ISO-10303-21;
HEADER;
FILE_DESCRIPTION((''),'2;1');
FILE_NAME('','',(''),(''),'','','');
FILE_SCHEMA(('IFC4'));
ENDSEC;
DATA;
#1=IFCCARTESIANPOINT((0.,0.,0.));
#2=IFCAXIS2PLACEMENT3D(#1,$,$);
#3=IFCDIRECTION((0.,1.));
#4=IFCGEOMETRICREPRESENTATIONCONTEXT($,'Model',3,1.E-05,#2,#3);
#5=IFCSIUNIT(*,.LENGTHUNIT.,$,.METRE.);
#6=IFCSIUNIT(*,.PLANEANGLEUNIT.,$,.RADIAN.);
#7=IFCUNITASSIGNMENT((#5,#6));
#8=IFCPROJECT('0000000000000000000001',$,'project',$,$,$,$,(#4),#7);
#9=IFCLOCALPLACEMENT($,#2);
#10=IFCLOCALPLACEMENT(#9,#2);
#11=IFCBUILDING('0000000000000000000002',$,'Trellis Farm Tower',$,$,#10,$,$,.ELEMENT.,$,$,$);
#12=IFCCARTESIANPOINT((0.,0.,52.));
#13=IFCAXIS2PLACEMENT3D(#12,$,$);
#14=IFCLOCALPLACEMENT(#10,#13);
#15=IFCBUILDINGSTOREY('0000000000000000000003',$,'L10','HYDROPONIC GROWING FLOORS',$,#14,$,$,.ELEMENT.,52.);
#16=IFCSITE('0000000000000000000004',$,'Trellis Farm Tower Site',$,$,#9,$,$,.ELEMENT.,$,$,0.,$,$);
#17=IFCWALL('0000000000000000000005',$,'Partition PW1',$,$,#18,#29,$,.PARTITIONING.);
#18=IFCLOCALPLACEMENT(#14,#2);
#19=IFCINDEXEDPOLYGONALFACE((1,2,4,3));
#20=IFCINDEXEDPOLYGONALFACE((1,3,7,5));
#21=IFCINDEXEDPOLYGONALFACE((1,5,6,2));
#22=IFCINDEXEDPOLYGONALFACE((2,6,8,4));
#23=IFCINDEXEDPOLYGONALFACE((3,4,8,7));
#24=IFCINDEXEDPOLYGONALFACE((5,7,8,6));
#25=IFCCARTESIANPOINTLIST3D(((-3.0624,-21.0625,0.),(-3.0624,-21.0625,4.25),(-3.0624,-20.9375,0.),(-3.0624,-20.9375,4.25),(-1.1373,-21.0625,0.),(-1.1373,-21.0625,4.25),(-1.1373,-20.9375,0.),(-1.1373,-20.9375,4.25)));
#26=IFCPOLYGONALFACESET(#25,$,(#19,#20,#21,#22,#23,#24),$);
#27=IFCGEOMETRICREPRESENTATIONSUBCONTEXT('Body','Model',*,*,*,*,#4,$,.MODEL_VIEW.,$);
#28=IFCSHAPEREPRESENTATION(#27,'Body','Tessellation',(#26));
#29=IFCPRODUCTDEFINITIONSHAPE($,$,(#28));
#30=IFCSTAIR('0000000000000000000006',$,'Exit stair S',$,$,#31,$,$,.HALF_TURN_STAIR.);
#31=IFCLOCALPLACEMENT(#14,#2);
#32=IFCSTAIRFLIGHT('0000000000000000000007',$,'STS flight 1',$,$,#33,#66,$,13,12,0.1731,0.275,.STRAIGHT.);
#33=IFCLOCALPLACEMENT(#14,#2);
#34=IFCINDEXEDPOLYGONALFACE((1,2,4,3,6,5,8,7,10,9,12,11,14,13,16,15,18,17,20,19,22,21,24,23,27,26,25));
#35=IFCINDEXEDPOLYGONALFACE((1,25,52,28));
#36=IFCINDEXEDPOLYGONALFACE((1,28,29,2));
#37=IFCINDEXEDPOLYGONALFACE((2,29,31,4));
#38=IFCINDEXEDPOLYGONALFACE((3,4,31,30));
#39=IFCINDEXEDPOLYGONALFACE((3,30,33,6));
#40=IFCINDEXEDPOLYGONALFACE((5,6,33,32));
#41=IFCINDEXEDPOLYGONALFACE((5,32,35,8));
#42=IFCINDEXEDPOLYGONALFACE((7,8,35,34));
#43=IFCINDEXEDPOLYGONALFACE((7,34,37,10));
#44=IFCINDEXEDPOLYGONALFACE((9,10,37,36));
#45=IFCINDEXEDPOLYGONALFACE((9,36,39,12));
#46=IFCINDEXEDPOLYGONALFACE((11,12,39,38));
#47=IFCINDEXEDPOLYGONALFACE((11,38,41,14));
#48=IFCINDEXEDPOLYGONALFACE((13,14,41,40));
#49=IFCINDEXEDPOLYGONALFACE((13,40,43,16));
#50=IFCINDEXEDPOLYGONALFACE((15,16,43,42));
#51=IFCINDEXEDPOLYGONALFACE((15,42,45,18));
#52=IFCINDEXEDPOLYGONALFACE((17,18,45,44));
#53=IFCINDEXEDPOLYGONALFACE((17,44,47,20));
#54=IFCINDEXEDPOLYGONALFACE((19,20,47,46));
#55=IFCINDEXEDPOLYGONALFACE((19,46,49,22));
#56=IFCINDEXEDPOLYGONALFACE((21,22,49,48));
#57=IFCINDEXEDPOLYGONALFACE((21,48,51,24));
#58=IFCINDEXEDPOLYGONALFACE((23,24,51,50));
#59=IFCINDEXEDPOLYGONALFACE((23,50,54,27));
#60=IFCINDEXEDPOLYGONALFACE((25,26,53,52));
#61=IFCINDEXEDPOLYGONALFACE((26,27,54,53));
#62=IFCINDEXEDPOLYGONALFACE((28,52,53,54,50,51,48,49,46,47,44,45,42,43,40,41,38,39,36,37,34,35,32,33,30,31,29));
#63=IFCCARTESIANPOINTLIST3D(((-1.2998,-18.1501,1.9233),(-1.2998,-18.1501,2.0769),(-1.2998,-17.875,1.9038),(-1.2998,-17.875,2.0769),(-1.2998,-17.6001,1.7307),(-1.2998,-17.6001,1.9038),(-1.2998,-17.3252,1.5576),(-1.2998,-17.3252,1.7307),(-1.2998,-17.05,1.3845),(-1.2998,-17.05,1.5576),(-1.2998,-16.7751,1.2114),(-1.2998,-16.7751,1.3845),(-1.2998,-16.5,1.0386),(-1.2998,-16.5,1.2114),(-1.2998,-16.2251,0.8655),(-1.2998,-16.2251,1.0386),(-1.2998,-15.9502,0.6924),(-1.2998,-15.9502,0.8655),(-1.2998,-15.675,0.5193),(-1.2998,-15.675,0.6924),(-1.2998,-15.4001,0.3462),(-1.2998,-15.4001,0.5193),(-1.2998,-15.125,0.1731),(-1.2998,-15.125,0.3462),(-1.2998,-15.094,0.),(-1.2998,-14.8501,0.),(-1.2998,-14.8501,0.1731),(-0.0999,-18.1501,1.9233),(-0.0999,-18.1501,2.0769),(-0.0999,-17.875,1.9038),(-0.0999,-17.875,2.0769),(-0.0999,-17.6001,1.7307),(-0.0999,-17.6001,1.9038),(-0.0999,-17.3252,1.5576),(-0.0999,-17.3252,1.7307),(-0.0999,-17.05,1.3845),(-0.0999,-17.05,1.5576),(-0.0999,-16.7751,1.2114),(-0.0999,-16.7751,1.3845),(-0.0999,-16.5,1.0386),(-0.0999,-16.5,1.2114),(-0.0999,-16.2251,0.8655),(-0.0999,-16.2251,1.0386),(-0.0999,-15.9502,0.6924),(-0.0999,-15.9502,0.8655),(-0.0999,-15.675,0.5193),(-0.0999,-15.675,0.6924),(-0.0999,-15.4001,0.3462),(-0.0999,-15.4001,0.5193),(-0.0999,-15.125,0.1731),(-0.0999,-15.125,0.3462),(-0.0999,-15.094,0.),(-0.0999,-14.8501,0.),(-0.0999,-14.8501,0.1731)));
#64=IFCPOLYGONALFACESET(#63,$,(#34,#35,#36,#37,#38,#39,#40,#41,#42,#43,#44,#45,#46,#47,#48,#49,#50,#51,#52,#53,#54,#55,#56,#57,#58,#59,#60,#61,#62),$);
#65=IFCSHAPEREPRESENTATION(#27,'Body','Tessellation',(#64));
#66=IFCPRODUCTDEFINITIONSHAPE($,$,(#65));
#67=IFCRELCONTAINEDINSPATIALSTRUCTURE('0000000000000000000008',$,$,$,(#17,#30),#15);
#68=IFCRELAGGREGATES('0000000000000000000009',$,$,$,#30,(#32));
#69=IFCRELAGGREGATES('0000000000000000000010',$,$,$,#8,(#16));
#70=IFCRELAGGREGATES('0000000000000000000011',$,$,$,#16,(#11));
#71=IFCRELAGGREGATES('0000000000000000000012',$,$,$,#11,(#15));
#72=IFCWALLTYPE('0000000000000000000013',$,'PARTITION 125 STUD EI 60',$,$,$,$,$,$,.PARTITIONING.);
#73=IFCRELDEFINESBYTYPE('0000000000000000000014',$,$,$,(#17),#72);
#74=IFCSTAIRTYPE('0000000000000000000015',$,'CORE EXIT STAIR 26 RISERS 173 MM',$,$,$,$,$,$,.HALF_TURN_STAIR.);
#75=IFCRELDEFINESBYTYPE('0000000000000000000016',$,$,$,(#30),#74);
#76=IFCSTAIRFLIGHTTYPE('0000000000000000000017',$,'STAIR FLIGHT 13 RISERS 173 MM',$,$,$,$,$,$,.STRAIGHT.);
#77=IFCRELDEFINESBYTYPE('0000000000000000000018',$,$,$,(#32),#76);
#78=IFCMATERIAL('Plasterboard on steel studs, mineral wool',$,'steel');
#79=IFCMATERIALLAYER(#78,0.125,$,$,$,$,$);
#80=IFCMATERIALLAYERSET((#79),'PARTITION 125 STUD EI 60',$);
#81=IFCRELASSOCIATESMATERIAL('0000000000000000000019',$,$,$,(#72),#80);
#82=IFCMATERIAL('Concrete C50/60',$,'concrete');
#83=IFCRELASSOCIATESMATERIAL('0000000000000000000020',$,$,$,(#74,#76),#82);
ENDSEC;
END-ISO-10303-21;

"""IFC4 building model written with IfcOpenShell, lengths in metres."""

from ifc_helpers import new_model, si_unit, direction, frame, frame_2d, origin, place, context, subcontext, project, spatial, polyline, rectangle, outline, extrude, source, transform, mapped, material, layer, layer_set, type_object, element, aggregate, save


model = new_model("IFC4")

# Units and contexts
model_context = context("Model", 3, precision=1e-05, world=origin(), true_north=direction((0.0, 1.0)))
body_context = subcontext(model_context, "Body", "Model", "MODEL_VIEW")
ifc_project = project(units=[si_unit("LENGTHUNIT", "METRE"), si_unit("PLANEANGLEUNIT", "RADIAN")], contexts=[model_context])

# Site, building, storey
site_placement = place(None, origin())
site = spatial("IfcSite", under=ifc_project, at=site_placement, Name="Trellis Farm Tower Site", CompositionType="ELEMENT", RefElevation=0.0)
building_placement = place(site_placement, origin())
building = spatial("IfcBuilding", under=site, at=building_placement, Name="Trellis Farm Tower", CompositionType="ELEMENT")
storey_placement = place(building_placement, frame((0.0, 0.0, 52.0)))
storey = spatial("IfcBuildingStorey", under=building, at=storey_placement, Name="L10", Description="HYDROPONIC GROWING FLOORS", CompositionType="ELEMENT", Elevation=52.0)

# Shared definitions
placement = place(storey_placement, origin())

# Shared definitions
ifc_material_1 = material(Name="Plasterboard on steel studs, mineral wool", Category="steel")
ifc_layer_1 = layer(ifc_material_1, 0.125)
ifc_layer_set_1 = layer_set([ifc_layer_1], Name="PARTITION 125 STUD EI 60")
wall_type_1 = type_object("IfcWallType", Name="PARTITION 125 STUD EI 60", PredefinedType="PARTITIONING", material=ifc_layer_set_1)

# Wall
shared_shape_1 = source(origin(), body_context, "Body", "SweptSolid", [
    extrude(rectangle(XDim=1.925, YDim=0.125, at=frame_2d((0.9624, 0.0))), origin(), (0.0, 0.0, 1.0), 4.25),
])
wall_1_placement = place(storey_placement, frame((-1.1375, -21.0, 0.0), z_axis=(0.0, 0.0, 1.0), x_axis=(-1.0, 0.0, 0.0)))
element("IfcWall", 1, at=wall_1_placement, inside=storey, type_object=wall_type_1, Name="Partition PW1", PredefinedType="PARTITIONING", context=body_context, shape_type="MappedRepresentation", body=[
    mapped(shared_shape_1, transform((0.0, 0.0, 0.0))),
])

# Stair, stair flight
ifc_material_2 = material(Name="Concrete C50/60", Category="concrete")
stair_type = type_object("IfcStairType", Name="CORE EXIT STAIR 26 RISERS 173 MM", PredefinedType="HALF_TURN_STAIR", material=ifc_material_2)
stair = element("IfcStair", 2, at=placement, inside=storey, type_object=stair_type, Name="Exit stair S", PredefinedType="HALF_TURN_STAIR")
stair_flight_type = type_object("IfcStairFlightType", Name="STAIR FLIGHT 13 RISERS 173 MM", PredefinedType="STRAIGHT", material=ifc_material_2)
shared_shape_2 = source(origin(), body_context, "Body", "SweptSolid", [
    extrude(outline(polyline([(0.0, 0.0), (0.0, 0.1731), (0.2749, 0.1731), (0.2749, 0.3462), (0.55, 0.3462), (0.55, 0.5193), (0.825, 0.5193), (0.825, 0.6924), (1.1001, 0.6924), (1.1001, 0.8655), (1.375, 0.8655), (1.375, 1.0386), (1.6499, 1.0386), (1.6499, 1.2114), (1.925, 1.2114), (1.925, 1.3845), (2.2, 1.3845), (2.2, 1.5576), (2.4751, 1.5576), (2.4751, 1.7307), (2.75, 1.7307), (2.75, 1.9038), (3.0249, 1.9038), (3.0249, 2.0769), (3.3, 2.0769), (3.3, 2.25), (3.3, 1.9233), (0.2439, 0.0), (0.0, 0.0)])), frame((0.0, 0.6001, 0.0), z_axis=(0.0, -1.0, 0.0), x_axis=(1.0, 0.0, 0.0)), (0.0, 0.0, 1.0), 1.2),
])
stair_flight_placement = place(storey_placement, frame((-0.7, -14.8501, 0.0), z_axis=(0.0, 0.0, 1.0), x_axis=(0.0, -1.0, 0.0)))
stair_flight = element("IfcStairFlight", 3, at=stair_flight_placement, type_object=stair_flight_type, Name="STS flight 1", NumberOfRisers=13, NumberOfTreads=12, PredefinedType="STRAIGHT", RiserHeight=0.1731, TreadLength=0.275, context=body_context, shape_type="MappedRepresentation", body=[
    mapped(shared_shape_2, transform((0.0, 0.0, 0.0))),
])
aggregate(stair, [stair_flight])

save(model, "model.ifc")
